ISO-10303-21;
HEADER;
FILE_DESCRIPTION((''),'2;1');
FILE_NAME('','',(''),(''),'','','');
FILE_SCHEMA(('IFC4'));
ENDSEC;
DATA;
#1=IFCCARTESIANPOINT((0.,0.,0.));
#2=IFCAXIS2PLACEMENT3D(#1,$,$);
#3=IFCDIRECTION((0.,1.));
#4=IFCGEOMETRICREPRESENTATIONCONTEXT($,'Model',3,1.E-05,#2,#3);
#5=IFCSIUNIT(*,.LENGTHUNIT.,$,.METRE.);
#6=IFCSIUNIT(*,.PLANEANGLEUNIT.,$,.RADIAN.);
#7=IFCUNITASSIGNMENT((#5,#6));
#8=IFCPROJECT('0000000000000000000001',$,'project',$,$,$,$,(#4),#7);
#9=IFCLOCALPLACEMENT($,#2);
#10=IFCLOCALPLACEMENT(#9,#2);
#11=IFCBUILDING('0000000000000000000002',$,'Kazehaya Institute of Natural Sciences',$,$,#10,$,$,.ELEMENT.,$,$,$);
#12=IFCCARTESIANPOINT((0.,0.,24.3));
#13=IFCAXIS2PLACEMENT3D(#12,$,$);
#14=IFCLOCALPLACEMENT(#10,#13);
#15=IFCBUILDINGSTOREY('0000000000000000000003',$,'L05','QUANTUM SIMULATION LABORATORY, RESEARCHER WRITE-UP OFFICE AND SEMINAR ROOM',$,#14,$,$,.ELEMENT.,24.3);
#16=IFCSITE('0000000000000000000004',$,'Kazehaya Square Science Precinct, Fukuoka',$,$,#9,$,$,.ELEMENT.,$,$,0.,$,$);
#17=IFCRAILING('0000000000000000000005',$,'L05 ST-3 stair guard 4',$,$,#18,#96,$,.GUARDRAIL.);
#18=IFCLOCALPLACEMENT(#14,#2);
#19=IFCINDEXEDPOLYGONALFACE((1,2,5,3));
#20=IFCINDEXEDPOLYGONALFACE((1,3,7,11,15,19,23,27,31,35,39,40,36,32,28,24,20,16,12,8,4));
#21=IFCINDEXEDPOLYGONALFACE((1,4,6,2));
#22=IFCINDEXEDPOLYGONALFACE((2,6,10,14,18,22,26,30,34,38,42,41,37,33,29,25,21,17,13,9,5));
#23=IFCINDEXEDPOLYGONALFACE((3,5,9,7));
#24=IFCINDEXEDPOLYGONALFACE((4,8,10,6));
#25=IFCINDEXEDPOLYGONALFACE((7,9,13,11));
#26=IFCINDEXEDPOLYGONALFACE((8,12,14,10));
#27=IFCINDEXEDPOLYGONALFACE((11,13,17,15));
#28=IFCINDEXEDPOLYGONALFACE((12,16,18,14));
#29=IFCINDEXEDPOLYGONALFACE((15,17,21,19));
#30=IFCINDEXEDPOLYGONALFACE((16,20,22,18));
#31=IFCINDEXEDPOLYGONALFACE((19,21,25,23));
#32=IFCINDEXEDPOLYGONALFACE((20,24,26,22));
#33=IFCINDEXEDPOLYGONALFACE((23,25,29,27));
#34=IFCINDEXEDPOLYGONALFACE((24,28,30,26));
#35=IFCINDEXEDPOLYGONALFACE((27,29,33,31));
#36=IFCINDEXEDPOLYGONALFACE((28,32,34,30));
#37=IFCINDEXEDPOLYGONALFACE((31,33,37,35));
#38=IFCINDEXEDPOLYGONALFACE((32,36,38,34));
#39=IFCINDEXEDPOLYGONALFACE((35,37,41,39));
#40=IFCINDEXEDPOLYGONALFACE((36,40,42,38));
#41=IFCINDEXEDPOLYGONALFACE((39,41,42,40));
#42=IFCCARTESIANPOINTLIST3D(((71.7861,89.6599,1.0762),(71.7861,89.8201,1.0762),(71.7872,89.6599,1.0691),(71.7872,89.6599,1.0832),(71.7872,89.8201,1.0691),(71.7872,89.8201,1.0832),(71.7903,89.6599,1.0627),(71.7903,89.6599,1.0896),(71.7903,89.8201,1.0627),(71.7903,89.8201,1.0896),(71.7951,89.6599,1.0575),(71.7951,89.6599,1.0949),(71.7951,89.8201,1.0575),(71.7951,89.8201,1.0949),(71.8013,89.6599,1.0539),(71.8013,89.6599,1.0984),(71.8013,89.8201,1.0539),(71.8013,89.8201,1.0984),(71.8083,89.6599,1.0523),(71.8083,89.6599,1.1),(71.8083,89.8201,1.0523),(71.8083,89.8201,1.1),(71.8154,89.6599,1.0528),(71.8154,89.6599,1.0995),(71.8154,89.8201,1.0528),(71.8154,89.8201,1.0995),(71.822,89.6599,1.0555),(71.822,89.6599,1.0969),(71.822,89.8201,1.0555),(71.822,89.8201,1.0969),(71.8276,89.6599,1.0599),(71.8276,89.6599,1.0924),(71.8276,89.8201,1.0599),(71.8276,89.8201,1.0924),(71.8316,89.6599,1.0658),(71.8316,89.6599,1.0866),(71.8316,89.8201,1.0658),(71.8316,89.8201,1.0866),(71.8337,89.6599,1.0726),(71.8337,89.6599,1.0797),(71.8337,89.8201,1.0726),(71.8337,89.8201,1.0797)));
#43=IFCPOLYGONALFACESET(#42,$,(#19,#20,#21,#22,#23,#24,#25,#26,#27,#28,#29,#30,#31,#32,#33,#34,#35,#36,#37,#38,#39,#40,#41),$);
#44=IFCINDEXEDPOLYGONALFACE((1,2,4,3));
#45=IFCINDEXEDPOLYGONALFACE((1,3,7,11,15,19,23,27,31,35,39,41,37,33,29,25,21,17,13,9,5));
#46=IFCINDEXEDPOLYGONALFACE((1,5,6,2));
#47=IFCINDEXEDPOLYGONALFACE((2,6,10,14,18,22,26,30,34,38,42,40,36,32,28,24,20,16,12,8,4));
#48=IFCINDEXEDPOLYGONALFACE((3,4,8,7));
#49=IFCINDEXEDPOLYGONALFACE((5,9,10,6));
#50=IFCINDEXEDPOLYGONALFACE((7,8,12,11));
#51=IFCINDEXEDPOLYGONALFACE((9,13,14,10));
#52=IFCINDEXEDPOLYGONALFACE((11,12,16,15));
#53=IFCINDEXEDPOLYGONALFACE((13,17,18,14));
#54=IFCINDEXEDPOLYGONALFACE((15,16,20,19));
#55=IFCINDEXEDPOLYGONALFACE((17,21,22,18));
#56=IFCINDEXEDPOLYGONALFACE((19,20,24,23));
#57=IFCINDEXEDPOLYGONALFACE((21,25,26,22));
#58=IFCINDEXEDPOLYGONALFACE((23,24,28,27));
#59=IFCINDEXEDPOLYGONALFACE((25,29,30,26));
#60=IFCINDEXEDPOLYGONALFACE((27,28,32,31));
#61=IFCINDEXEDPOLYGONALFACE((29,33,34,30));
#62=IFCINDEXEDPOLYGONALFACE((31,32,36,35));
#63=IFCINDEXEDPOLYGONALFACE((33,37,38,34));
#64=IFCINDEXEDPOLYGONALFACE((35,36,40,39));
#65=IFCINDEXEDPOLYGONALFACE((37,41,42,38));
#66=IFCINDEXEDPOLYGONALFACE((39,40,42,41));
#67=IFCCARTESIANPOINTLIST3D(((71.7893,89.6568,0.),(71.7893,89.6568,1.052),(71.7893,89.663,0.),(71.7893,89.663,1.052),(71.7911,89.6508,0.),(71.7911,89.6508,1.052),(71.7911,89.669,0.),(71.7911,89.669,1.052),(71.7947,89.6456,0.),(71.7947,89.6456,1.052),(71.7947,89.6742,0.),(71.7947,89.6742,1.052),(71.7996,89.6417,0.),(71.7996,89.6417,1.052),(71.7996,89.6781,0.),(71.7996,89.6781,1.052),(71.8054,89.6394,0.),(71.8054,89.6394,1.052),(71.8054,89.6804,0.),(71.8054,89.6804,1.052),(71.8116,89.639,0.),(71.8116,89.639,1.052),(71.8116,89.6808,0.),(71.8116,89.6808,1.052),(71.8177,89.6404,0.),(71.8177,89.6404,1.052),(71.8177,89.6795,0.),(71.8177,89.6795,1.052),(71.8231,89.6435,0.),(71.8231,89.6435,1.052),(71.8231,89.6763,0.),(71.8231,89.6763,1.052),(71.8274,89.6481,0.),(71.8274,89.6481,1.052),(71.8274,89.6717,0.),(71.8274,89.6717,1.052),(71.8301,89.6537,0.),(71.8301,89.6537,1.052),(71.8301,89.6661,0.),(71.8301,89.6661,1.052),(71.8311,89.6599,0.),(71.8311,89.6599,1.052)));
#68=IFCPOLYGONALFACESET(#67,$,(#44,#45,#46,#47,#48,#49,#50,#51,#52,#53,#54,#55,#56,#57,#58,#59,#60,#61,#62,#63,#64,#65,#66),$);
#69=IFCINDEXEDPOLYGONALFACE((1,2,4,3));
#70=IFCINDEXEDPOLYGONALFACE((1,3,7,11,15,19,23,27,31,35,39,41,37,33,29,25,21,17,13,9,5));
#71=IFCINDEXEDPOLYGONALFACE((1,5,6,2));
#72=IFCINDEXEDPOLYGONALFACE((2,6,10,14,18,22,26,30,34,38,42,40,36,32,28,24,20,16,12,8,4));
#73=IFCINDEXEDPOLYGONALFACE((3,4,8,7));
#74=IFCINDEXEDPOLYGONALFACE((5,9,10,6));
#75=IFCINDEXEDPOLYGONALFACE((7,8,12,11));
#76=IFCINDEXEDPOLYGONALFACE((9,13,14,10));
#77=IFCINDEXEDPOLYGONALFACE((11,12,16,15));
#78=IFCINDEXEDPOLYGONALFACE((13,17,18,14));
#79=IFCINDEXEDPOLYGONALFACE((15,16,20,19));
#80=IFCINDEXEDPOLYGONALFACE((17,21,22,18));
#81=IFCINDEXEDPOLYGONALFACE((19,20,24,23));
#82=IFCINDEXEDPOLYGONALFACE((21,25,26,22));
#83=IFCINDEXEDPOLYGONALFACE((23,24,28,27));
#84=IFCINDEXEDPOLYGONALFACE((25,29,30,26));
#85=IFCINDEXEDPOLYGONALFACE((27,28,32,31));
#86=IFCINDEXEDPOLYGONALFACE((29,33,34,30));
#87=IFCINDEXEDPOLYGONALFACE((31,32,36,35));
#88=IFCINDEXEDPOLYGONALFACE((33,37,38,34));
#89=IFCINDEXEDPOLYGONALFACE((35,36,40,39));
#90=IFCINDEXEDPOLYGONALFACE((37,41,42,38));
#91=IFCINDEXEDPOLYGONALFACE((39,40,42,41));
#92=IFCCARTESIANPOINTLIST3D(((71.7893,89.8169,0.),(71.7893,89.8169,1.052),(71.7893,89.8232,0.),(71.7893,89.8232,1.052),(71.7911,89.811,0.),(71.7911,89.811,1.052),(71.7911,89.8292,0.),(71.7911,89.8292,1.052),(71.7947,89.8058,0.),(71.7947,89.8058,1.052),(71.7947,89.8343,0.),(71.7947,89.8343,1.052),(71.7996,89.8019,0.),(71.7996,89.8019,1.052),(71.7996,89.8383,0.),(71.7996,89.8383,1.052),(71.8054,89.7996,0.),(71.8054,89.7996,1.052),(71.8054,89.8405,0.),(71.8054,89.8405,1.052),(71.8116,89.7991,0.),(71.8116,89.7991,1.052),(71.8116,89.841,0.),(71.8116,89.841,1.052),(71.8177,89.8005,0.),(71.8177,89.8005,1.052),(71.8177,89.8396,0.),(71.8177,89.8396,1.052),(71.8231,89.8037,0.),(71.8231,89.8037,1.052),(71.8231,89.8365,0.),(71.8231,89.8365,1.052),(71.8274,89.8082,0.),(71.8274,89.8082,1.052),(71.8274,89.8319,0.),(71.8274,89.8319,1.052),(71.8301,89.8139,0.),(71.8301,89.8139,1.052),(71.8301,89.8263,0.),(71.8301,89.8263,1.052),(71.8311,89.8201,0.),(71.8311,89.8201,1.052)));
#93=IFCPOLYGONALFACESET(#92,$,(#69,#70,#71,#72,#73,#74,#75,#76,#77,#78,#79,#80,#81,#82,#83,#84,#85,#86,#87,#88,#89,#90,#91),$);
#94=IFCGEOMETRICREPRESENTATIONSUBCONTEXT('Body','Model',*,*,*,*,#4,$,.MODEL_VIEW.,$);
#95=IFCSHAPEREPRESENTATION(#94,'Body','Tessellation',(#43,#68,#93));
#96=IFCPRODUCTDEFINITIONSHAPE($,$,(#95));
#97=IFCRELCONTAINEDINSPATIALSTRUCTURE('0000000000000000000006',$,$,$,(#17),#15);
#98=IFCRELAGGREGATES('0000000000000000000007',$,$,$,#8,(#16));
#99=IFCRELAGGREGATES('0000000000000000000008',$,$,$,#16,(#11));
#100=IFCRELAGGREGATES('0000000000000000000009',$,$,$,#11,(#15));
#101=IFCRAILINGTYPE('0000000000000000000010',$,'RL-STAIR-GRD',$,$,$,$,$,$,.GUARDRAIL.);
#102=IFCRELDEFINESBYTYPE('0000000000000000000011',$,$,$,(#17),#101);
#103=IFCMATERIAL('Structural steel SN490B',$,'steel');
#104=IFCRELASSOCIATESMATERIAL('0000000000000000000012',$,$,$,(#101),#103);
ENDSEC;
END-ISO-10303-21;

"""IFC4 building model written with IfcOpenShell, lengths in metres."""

from ifc_helpers import new_model, si_unit, direction, frame, origin, origin_2d, place, context, subcontext, project, spatial, circle, extrude, material, type_object, element, save


model = new_model("IFC4")

# Units and contexts
model_context = context("Model", 3, precision=1e-05, world=origin(), true_north=direction((0.0, 1.0)))
body_context = subcontext(model_context, "Body", "Model", "MODEL_VIEW")
ifc_project = project(units=[si_unit("LENGTHUNIT", "METRE"), si_unit("PLANEANGLEUNIT", "RADIAN")], contexts=[model_context])

# Site, building, storey
site_placement = place(None, origin())
site = spatial("IfcSite", under=ifc_project, at=site_placement, Name="Kazehaya Square Science Precinct, Fukuoka", CompositionType="ELEMENT", RefElevation=0.0)
building_placement = place(site_placement, origin())
building = spatial("IfcBuilding", under=site, at=building_placement, Name="Kazehaya Institute of Natural Sciences", CompositionType="ELEMENT")
storey_placement = place(building_placement, frame((0.0, 0.0, 24.3)))
storey = spatial("IfcBuildingStorey", under=building, at=storey_placement, Name="L05", Description="QUANTUM SIMULATION LABORATORY, RESEARCHER WRITE-UP OFFICE AND SEMINAR ROOM", CompositionType="ELEMENT", Elevation=24.3)

# Railing
ifc_material_1 = material(Name="Structural steel SN490B", Category="steel")
railing_type_1 = type_object("IfcRailingType", Name="RL-STAIR-GRD", PredefinedType="GUARDRAIL", material=ifc_material_1)
railing_1_placement = place(storey_placement, frame((71.8101, 89.6599, 0.0)))
element("IfcRailing", 1, at=railing_1_placement, inside=storey, type_object=railing_type_1, Name="L05 ST-3 stair guard 4", PredefinedType="GUARDRAIL", context=body_context, shape_type="SweptSolid", body=[
    extrude(circle(Radius=0.0239, at=origin_2d()), frame((0.0, 0.0, 1.0762), z_axis=(0.0, 1.0, 0.0), x_axis=(-1.0, 0.0, 0.0)), (0.0, 0.0, 1.0), 0.1602),
    extrude(circle(Radius=0.021, at=origin_2d()), origin(), (0.0, 0.0, 1.0), 1.052),
    extrude(circle(Radius=0.021, at=origin_2d()), frame((0.0, 0.1602, 0.0)), (0.0, 0.0, 1.0), 1.052),
])

save(model, "model.ifc")
